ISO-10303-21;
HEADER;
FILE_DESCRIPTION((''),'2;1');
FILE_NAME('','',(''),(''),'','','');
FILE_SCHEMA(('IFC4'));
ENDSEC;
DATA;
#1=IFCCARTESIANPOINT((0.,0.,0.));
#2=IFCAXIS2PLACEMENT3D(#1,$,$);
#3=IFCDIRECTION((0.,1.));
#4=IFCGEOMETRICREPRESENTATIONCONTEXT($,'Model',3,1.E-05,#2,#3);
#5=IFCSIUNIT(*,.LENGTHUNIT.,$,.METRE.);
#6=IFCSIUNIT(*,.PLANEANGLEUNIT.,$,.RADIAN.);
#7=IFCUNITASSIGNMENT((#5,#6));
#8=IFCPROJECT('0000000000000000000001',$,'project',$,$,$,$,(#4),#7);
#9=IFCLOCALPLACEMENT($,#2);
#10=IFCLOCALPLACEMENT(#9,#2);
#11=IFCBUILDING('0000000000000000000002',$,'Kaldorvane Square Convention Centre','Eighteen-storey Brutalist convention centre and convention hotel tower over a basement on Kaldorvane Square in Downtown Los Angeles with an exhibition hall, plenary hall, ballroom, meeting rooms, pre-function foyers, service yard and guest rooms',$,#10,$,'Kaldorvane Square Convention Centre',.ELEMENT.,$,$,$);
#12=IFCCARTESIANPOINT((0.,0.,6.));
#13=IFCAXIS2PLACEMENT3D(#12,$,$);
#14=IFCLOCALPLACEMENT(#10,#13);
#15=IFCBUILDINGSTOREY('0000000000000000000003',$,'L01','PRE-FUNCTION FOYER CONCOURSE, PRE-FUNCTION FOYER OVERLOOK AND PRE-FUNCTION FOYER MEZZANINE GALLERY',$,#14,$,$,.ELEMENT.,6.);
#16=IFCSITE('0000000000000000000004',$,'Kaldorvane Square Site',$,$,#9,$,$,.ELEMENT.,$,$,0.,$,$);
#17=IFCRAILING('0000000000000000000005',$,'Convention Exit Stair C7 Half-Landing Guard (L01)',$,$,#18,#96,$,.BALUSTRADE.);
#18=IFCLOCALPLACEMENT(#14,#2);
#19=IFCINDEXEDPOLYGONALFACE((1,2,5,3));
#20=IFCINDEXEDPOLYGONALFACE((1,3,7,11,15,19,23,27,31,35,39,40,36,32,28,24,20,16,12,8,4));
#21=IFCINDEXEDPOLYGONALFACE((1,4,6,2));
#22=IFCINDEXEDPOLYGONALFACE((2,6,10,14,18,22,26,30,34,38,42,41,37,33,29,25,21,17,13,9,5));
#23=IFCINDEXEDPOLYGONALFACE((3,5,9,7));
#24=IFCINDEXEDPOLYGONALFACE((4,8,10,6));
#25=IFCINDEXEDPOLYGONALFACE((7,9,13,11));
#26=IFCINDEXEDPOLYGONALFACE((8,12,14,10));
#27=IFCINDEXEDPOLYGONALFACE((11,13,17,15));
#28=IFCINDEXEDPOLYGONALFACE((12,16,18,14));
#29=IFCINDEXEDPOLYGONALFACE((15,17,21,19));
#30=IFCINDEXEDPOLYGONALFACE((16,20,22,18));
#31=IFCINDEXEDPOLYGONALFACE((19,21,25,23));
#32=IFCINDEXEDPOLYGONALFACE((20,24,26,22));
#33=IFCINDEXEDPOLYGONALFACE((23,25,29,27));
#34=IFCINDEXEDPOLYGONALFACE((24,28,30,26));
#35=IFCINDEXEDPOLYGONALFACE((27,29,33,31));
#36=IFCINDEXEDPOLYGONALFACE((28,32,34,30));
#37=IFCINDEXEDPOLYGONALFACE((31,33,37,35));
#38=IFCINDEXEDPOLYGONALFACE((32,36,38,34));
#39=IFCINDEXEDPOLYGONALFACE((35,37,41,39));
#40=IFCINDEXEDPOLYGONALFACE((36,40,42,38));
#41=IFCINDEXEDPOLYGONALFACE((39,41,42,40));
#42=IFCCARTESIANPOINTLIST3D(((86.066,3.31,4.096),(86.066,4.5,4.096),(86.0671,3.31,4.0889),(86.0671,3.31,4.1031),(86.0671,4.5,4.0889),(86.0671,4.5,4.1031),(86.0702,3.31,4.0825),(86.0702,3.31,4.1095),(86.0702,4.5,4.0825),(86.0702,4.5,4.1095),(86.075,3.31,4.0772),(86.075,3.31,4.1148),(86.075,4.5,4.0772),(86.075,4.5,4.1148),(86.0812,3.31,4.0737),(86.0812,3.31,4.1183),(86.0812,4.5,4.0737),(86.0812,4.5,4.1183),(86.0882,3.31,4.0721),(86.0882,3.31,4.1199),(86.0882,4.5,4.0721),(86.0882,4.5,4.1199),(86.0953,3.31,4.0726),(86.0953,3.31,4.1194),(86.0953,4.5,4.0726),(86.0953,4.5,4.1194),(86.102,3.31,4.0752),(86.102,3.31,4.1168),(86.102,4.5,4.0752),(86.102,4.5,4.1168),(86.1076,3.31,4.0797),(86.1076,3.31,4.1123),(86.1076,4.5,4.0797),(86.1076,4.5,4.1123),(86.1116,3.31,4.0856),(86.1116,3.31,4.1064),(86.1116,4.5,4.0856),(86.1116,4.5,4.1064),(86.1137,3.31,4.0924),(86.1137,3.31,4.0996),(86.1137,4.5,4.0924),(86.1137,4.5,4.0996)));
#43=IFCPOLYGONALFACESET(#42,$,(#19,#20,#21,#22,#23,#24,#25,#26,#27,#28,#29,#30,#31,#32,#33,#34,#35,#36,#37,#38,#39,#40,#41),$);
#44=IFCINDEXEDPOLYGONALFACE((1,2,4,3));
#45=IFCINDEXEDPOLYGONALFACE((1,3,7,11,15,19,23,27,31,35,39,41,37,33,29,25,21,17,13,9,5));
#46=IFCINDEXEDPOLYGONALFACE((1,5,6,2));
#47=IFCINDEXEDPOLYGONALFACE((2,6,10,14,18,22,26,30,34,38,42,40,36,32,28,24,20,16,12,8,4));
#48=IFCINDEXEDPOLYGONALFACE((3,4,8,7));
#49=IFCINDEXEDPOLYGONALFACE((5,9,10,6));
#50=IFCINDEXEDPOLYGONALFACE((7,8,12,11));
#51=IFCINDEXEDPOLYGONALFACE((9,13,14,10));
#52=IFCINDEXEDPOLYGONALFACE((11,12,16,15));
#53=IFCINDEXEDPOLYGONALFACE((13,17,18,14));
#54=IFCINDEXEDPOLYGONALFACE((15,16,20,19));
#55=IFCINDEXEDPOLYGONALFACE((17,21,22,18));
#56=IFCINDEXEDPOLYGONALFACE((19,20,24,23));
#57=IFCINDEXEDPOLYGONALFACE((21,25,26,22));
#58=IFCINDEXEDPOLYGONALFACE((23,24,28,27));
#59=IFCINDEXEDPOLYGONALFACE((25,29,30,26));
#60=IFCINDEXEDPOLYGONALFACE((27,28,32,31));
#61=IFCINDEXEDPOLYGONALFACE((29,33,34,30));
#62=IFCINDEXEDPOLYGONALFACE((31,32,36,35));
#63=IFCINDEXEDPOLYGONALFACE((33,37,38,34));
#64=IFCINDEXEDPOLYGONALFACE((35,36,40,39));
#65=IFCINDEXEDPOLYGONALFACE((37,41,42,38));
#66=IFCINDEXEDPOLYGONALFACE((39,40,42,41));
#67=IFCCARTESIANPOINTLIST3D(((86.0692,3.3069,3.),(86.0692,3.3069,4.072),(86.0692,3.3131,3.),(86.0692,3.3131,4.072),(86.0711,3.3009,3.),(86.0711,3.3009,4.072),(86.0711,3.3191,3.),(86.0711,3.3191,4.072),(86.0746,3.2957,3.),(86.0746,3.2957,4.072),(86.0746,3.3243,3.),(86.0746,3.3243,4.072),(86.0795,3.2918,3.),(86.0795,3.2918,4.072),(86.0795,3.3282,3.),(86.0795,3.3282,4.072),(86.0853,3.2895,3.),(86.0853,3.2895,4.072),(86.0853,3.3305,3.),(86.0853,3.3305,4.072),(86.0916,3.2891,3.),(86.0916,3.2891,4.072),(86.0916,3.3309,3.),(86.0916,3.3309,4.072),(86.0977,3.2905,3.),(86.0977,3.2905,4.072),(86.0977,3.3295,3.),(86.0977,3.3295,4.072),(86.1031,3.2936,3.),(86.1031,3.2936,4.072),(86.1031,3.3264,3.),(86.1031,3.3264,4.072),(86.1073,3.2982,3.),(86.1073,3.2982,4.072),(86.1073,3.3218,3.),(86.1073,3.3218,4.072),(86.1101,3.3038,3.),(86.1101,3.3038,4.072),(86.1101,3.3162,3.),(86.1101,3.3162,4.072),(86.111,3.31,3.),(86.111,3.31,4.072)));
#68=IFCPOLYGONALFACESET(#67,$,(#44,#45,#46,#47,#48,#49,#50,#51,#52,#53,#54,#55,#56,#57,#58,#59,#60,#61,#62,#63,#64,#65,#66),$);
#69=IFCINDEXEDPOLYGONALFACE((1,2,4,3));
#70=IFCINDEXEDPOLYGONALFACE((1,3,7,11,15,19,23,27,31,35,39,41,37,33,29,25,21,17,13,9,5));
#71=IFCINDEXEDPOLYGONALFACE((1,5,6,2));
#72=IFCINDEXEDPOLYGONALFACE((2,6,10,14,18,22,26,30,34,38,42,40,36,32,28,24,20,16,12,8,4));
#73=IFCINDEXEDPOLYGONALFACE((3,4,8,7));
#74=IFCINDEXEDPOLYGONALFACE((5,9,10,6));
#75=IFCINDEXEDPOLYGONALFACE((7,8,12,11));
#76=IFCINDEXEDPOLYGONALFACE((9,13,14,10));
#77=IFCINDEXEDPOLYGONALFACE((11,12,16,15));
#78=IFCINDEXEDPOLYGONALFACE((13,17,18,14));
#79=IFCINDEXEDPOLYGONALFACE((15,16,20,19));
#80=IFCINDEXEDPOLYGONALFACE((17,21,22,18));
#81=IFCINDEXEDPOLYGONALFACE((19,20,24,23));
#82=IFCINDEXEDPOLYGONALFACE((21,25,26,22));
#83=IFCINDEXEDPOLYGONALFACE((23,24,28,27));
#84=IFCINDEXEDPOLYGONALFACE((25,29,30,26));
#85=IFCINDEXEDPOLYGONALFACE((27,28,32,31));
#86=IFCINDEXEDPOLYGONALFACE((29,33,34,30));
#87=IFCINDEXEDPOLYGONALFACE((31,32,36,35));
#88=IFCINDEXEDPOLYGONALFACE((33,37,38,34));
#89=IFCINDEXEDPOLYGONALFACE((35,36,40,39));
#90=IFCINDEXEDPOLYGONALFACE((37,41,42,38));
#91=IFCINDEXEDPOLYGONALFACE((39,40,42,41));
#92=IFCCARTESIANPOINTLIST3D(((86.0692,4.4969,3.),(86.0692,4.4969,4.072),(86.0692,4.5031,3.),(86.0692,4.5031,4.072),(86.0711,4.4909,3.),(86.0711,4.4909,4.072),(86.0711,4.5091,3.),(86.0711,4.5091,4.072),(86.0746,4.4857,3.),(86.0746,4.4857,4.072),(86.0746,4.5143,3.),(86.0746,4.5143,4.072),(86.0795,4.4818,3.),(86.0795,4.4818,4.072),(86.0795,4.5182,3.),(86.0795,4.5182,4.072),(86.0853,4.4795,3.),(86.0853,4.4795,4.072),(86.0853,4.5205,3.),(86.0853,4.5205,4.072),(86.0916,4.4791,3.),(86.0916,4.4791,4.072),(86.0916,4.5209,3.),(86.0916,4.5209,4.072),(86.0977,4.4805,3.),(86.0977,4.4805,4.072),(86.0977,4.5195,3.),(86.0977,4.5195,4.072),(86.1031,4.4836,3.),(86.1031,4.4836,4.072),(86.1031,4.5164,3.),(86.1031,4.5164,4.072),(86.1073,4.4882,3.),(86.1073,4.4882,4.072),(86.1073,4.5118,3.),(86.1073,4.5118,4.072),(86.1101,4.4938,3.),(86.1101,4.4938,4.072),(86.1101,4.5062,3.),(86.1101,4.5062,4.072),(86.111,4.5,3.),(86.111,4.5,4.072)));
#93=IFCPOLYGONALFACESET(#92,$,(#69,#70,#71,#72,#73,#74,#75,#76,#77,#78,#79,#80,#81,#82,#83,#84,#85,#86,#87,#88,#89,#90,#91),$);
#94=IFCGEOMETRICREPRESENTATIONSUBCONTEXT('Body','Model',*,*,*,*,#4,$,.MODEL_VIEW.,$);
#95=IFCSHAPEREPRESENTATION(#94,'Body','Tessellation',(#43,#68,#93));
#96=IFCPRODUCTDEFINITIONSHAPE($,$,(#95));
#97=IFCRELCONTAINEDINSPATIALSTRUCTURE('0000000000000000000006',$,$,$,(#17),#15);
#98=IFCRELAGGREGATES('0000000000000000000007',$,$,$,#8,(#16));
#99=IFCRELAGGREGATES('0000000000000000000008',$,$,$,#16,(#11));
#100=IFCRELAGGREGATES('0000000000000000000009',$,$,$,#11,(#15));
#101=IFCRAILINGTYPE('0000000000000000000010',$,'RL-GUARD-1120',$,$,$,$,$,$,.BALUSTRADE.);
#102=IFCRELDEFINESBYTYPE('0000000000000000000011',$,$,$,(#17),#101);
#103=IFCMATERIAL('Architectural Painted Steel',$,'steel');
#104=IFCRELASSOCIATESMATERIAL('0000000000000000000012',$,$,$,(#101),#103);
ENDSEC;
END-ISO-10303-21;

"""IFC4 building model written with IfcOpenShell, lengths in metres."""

from ifc_helpers import new_model, si_unit, direction, frame, origin, origin_2d, place, context, subcontext, project, spatial, circle, extrude, material, type_object, element, save


model = new_model("IFC4")

# Units and contexts
model_context = context("Model", 3, precision=1e-05, world=origin(), true_north=direction((0.0, 1.0)))
body_context = subcontext(model_context, "Body", "Model", "MODEL_VIEW")
ifc_project = project(units=[si_unit("LENGTHUNIT", "METRE"), si_unit("PLANEANGLEUNIT", "RADIAN")], contexts=[model_context])

# Site, building, storey
site_placement = place(None, origin())
site = spatial("IfcSite", under=ifc_project, at=site_placement, Name="Kaldorvane Square Site", CompositionType="ELEMENT", RefElevation=0.0)
building_placement = place(site_placement, origin())
building = spatial("IfcBuilding", under=site, at=building_placement, Name="Kaldorvane Square Convention Centre", Description="Eighteen-storey Brutalist convention centre and convention hotel tower over a basement on Kaldorvane Square in Downtown Los Angeles with an exhibition hall, plenary hall, ballroom, meeting rooms, pre-function foyers, service yard and guest rooms", LongName="Kaldorvane Square Convention Centre", CompositionType="ELEMENT")
storey_placement = place(building_placement, frame((0.0, 0.0, 6.0)))
storey = spatial("IfcBuildingStorey", under=building, at=storey_placement, Name="L01", Description="PRE-FUNCTION FOYER CONCOURSE, PRE-FUNCTION FOYER OVERLOOK AND PRE-FUNCTION FOYER MEZZANINE GALLERY", CompositionType="ELEMENT", Elevation=6.0)

# Railing
ifc_material_1 = material(Name="Architectural Painted Steel", Category="steel")
railing_type_1 = type_object("IfcRailingType", Name="RL-GUARD-1120", PredefinedType="BALUSTRADE", material=ifc_material_1)
for number, where, name in (
    (1, (86.09, 3.31, 3.0), "Convention Exit Stair C7 Half-Landing Guard (L01)"),
):
    element("IfcRailing", number, at=place(storey_placement, frame(where)), inside=storey, type_object=railing_type_1, Name=name, PredefinedType="BALUSTRADE", context=body_context, shape_type="SweptSolid", body=[
        extrude(circle(Radius=0.024, at=origin_2d()), frame((0.0, 0.0, 1.096), z_axis=(0.0, 1.0, 0.0), x_axis=(-1.0, 0.0, 0.0)), (0.0, 0.0, 1.0), 1.19),
        extrude(circle(Radius=0.021, at=origin_2d()), origin(), (0.0, 0.0, 1.0), 1.072),
        extrude(circle(Radius=0.021, at=origin_2d()), frame((0.0, 1.19, 0.0)), (0.0, 0.0, 1.0), 1.072),
    ])

save(model, "model.ifc")
